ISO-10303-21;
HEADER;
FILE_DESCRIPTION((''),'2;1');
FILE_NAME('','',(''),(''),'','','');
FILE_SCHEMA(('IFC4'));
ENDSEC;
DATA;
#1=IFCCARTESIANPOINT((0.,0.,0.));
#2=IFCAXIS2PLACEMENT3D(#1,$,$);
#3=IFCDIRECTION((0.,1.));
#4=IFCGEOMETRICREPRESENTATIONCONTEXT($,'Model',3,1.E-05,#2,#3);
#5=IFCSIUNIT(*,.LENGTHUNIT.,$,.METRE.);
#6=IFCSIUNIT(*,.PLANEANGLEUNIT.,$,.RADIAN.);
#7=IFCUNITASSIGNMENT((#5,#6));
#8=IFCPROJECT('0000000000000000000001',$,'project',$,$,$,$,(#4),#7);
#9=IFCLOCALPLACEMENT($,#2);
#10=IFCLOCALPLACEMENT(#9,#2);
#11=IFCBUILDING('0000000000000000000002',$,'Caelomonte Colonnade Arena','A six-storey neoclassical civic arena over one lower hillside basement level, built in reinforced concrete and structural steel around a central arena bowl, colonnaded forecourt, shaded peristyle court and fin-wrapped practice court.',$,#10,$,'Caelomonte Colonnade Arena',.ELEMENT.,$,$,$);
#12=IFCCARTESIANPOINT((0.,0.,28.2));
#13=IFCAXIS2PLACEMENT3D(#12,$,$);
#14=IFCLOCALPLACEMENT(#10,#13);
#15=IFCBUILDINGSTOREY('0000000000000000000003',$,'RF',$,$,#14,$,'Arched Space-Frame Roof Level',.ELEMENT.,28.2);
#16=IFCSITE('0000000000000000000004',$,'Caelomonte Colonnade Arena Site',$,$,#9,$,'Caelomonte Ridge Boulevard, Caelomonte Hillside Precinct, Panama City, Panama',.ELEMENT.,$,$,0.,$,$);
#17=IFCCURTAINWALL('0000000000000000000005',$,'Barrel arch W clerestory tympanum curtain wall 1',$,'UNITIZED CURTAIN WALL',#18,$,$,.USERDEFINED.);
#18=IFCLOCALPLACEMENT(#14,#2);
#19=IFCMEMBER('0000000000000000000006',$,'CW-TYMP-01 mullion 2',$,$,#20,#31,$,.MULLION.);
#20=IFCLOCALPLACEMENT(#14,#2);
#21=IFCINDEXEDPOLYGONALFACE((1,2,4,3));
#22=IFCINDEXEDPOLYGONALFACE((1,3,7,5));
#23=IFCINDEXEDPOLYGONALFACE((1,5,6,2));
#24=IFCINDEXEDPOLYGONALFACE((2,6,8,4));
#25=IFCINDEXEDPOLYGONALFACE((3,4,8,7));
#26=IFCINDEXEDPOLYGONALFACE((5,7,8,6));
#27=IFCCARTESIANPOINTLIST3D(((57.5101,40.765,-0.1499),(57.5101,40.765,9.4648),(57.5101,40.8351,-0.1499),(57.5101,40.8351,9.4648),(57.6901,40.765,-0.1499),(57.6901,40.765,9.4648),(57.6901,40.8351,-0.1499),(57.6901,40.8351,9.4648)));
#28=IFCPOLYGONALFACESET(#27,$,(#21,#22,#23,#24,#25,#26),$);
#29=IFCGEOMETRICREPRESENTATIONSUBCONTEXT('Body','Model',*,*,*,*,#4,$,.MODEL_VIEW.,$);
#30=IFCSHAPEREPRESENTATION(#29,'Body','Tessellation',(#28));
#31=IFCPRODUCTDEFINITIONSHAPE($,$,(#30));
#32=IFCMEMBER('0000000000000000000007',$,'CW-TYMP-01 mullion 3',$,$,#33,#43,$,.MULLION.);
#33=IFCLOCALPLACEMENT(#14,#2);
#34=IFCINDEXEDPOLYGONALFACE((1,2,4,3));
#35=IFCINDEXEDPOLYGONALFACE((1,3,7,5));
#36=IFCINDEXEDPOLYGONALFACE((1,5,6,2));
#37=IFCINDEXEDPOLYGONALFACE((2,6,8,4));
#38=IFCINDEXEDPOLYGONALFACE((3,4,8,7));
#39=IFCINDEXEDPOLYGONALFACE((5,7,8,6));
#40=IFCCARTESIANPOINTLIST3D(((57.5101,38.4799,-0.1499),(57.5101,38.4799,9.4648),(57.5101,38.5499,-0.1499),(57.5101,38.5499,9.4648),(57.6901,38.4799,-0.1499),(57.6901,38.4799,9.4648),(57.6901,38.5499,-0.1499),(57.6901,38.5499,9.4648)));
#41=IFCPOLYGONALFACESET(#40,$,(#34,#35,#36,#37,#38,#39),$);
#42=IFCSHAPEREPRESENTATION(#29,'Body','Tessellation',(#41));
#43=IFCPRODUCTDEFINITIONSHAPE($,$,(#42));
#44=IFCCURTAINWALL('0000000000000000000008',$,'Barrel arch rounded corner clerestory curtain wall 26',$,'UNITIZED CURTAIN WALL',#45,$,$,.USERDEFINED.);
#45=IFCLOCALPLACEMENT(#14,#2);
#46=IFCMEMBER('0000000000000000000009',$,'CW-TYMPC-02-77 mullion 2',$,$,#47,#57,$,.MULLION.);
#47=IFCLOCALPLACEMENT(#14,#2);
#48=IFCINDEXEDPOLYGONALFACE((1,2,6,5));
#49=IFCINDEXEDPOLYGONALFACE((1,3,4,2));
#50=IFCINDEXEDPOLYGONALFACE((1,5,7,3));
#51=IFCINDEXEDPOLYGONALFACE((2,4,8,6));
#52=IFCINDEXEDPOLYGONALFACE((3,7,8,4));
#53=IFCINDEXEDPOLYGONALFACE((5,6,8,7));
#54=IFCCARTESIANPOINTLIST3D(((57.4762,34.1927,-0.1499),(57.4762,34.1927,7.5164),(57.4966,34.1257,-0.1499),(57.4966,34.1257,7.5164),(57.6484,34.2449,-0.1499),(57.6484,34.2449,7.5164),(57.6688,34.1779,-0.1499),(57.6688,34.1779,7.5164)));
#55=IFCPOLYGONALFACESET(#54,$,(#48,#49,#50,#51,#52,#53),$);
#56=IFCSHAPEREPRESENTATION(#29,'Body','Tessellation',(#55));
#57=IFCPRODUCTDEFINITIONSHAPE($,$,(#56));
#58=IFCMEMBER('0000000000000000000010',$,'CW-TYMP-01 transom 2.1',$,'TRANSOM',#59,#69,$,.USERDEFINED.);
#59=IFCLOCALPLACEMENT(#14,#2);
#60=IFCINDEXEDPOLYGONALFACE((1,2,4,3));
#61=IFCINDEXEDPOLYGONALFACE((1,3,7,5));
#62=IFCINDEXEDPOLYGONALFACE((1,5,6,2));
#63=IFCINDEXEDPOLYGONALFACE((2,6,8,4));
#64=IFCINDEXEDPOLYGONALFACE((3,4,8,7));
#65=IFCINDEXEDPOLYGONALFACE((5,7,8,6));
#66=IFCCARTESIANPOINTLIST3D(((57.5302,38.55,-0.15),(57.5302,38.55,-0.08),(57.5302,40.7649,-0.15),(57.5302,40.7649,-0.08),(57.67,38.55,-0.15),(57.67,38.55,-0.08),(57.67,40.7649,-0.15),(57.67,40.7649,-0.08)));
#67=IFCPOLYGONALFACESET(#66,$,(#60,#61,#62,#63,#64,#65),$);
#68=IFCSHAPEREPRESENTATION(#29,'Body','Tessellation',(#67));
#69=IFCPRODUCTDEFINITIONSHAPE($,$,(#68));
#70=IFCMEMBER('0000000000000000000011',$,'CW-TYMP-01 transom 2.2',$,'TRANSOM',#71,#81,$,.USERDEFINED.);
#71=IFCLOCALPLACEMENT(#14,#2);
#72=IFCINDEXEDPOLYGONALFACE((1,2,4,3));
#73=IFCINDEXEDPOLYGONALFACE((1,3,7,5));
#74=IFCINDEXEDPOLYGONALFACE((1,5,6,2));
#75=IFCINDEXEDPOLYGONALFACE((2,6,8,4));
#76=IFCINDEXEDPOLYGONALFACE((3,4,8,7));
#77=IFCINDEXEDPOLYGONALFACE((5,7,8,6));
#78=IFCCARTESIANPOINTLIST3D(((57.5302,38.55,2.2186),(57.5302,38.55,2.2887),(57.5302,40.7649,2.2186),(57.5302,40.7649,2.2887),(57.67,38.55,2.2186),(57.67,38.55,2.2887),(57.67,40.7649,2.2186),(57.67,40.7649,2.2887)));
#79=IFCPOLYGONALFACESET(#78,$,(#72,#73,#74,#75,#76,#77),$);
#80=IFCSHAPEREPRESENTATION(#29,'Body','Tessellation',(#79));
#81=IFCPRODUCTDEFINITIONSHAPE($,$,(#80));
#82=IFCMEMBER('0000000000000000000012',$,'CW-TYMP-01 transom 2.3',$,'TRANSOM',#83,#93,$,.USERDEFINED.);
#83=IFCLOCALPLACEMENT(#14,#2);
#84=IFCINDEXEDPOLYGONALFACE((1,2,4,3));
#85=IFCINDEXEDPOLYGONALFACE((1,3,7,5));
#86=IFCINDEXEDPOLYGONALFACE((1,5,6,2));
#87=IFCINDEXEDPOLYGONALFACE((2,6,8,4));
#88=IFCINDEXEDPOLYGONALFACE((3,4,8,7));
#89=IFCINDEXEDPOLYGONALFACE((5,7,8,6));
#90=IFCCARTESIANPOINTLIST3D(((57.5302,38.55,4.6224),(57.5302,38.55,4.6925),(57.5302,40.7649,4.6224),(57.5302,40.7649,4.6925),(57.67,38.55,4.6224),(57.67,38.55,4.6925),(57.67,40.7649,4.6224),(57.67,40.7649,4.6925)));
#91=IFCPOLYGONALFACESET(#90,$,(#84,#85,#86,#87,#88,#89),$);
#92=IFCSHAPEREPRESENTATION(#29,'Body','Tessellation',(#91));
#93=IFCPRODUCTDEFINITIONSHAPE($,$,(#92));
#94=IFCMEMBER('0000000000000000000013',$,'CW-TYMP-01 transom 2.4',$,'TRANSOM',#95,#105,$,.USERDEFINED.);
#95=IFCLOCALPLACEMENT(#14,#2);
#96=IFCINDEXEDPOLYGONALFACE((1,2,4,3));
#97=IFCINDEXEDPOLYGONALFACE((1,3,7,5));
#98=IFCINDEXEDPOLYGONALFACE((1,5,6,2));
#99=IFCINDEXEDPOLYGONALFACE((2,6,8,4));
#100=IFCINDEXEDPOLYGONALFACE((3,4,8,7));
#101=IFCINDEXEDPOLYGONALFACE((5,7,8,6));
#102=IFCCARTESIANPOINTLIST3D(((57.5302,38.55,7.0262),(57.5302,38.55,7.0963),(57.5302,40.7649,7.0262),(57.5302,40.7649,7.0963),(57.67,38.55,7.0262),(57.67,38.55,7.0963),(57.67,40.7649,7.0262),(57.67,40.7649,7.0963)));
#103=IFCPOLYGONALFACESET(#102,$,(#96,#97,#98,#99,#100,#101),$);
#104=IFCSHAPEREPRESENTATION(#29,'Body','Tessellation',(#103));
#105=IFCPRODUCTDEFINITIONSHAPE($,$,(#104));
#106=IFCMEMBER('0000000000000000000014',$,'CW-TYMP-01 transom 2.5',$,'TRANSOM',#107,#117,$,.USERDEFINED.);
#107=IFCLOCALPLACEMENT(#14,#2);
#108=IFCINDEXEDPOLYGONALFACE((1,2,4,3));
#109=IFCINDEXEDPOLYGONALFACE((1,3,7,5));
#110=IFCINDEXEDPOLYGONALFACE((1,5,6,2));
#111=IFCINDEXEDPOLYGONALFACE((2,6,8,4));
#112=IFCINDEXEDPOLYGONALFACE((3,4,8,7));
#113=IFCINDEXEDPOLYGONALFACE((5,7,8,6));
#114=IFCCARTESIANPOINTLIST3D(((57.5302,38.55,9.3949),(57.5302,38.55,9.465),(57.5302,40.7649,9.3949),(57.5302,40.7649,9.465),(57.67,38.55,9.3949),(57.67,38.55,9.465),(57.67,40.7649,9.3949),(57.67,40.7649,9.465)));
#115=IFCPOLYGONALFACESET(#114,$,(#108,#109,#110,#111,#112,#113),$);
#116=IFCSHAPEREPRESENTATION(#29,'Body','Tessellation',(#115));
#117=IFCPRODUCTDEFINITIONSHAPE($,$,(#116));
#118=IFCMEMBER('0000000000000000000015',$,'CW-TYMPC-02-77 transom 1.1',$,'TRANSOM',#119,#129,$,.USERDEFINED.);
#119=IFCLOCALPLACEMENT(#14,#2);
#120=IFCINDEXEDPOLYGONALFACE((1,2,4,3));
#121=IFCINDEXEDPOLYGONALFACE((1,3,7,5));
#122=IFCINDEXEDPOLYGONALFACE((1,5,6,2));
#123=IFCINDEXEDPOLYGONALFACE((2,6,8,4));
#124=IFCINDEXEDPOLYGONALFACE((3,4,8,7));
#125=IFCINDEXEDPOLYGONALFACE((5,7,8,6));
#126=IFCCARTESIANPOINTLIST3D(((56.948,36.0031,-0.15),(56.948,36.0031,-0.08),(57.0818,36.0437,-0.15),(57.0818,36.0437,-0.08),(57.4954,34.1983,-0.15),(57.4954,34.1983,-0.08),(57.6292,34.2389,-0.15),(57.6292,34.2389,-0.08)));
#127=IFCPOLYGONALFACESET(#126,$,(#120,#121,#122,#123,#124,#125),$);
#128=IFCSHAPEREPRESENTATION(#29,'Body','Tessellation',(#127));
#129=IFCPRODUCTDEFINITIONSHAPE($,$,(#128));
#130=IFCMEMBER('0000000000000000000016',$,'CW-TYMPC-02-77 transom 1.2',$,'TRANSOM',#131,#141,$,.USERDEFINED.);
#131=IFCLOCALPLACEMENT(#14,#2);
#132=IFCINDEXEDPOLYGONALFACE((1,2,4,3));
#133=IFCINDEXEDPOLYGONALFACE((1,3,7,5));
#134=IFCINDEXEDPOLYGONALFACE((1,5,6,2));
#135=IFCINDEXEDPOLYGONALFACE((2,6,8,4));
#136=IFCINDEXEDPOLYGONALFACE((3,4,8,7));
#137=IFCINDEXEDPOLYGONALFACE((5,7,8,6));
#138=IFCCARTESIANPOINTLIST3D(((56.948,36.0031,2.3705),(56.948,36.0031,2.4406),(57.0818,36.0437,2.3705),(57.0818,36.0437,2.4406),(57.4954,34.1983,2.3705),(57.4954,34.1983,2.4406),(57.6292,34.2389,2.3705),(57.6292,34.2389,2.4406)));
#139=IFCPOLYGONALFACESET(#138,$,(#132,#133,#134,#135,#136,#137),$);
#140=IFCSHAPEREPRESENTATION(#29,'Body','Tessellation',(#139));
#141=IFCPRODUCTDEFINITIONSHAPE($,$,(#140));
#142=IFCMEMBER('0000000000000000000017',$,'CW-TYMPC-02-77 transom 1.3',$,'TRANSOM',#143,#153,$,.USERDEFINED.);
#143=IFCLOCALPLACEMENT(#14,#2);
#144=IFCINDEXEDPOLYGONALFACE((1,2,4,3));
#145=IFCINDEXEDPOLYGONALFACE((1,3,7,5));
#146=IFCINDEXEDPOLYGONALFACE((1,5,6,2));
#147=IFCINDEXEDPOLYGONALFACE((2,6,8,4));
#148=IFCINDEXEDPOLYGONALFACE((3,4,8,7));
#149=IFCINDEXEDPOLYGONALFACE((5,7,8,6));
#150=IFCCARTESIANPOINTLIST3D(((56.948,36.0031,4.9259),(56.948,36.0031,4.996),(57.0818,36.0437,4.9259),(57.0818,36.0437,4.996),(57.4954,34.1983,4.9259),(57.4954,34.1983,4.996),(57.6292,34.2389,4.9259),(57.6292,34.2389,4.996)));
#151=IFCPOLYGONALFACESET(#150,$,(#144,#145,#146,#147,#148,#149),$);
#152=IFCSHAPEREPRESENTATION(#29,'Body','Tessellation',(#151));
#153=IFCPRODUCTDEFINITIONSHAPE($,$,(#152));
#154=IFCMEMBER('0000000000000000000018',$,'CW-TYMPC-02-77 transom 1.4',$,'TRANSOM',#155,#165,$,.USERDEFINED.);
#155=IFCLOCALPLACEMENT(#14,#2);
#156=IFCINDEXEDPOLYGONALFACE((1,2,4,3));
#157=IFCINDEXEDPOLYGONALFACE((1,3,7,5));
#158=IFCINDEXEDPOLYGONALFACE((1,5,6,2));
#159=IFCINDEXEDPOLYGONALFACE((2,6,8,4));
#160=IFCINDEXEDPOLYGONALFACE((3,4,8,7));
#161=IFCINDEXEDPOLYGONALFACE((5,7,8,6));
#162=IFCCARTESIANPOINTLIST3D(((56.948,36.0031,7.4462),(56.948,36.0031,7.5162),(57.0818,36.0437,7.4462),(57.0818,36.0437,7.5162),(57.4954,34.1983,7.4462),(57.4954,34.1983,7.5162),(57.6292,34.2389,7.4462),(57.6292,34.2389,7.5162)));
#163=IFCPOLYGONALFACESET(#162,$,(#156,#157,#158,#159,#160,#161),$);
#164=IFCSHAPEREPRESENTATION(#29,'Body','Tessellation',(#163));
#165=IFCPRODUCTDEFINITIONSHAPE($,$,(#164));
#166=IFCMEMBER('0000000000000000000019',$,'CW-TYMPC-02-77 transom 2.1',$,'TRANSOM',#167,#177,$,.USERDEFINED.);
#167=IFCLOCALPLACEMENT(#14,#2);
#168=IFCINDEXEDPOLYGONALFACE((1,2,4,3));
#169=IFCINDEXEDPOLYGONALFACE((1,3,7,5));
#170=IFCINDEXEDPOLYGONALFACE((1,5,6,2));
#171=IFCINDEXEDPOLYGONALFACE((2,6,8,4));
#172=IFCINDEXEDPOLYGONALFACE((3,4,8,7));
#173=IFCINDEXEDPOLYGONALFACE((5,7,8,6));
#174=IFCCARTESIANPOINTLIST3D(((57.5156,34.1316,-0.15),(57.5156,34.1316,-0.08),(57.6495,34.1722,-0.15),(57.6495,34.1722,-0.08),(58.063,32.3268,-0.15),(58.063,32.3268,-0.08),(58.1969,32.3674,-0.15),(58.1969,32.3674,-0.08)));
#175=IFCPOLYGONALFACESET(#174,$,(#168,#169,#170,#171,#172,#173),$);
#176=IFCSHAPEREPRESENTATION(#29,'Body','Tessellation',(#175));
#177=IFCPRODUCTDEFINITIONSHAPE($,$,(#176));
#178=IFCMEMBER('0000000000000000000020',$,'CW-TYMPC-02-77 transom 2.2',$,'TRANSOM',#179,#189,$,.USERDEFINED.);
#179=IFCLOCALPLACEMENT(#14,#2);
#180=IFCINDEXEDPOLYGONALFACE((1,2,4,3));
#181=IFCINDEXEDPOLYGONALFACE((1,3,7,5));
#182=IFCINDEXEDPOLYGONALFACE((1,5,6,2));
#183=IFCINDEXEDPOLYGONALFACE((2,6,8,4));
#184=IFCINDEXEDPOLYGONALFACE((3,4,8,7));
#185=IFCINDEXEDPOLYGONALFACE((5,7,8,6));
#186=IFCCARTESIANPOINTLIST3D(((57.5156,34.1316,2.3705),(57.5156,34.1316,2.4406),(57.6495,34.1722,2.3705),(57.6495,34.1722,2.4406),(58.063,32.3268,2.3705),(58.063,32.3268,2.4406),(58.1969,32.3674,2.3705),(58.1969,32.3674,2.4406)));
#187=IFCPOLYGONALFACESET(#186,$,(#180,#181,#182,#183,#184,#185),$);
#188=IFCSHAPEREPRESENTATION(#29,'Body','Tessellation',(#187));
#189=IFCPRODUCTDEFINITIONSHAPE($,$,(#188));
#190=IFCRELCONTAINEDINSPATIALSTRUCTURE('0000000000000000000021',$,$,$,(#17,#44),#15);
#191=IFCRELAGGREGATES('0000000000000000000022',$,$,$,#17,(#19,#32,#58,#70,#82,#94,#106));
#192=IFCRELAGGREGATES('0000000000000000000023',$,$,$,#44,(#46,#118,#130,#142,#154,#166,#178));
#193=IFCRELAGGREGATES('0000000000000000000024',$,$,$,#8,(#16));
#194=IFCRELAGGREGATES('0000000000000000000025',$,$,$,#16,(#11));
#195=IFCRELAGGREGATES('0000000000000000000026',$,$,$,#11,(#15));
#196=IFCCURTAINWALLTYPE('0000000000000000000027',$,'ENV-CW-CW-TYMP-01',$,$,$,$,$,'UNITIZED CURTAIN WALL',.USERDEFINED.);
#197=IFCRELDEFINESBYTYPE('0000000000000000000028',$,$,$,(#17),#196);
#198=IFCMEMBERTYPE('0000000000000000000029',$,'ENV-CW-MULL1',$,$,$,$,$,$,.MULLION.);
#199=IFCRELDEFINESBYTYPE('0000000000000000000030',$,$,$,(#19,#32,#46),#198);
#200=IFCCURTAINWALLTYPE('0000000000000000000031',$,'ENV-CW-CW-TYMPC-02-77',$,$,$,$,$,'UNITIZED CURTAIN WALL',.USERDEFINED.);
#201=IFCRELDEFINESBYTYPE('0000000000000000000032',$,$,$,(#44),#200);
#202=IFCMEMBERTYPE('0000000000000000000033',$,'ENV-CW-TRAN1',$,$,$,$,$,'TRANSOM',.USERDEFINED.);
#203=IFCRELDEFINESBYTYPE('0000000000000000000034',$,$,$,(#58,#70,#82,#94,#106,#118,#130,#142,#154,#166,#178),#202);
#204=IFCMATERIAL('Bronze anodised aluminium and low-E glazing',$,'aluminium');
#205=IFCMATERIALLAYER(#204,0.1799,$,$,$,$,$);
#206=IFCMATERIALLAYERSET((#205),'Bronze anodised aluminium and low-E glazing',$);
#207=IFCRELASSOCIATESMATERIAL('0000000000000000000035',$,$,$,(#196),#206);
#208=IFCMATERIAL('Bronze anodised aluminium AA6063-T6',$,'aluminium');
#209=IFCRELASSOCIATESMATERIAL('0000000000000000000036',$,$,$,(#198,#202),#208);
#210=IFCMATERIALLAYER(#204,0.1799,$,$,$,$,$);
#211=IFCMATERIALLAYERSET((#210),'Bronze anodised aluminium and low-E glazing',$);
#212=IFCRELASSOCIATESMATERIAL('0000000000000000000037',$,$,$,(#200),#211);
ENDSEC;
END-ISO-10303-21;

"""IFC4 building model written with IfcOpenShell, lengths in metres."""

from ifc_helpers import new_model, si_unit, direction, frame, origin, origin_2d, place, context, subcontext, project, spatial, rectangle, extrude, material, layer, layer_set, material_profile, profile_set, type_object, element, aggregate, save


model = new_model("IFC4")

# Units and contexts
model_context = context("Model", 3, precision=1e-05, world=origin(), true_north=direction((0.0, 1.0)))
body_context = subcontext(model_context, "Body", "Model", "MODEL_VIEW")
ifc_project = project(units=[si_unit("LENGTHUNIT", "METRE"), si_unit("PLANEANGLEUNIT", "RADIAN")], contexts=[model_context])

# Site, building, storey
site_placement = place(None, origin())
site = spatial("IfcSite", under=ifc_project, at=site_placement, Name="Caelomonte Colonnade Arena Site", LongName="Caelomonte Ridge Boulevard, Caelomonte Hillside Precinct, Panama City, Panama", CompositionType="ELEMENT", RefElevation=0.0)
building_placement = place(site_placement, origin())
building = spatial("IfcBuilding", under=site, at=building_placement, Name="Caelomonte Colonnade Arena", Description="A six-storey neoclassical civic arena over one lower hillside basement level, built in reinforced concrete and structural steel around a central arena bowl, colonnaded forecourt, shaded peristyle court and fin-wrapped practice court.", LongName="Caelomonte Colonnade Arena", CompositionType="ELEMENT")
storey_placement = place(building_placement, frame((0.0, 0.0, 28.2)))
storey = spatial("IfcBuildingStorey", under=building, at=storey_placement, Name="RF", LongName="Arched Space-Frame Roof Level", CompositionType="ELEMENT", Elevation=28.2)

# Curtain wall, members
ifc_material_1 = material(Name="Bronze anodised aluminium and low-E glazing", Category="aluminium")
ifc_layer_1 = layer(ifc_material_1, 0.1799)
ifc_layer_set_1 = layer_set([ifc_layer_1], Name="Bronze anodised aluminium and low-E glazing")
curtain_wall_type_1 = type_object("IfcCurtainWallType", Name="ENV-CW-CW-TYMP-01", ElementType="UNITIZED CURTAIN WALL", PredefinedType="USERDEFINED", material=ifc_layer_set_1)
curtain_wall_1_placement = place(storey_placement, origin())
curtain_wall_1 = element("IfcCurtainWall", 1, at=curtain_wall_1_placement, inside=storey, type_object=curtain_wall_type_1, Name="Barrel arch W clerestory tympanum curtain wall 1", ObjectType="UNITIZED CURTAIN WALL", PredefinedType="USERDEFINED")
ifc_material_2 = material(Name="Bronze anodised aluminium AA6063-T6", Category="aluminium")
ifc_material_profile_1 = material_profile(ifc_material_2, rectangle(XDim=0.0701, YDim=0.1799, at=origin_2d()), Name="CWM-70X180")
ifc_profile_set_1 = profile_set([ifc_material_profile_1], Name="Bronze anodised aluminium AA6063-T6")
member_type_1 = type_object("IfcMemberType", Name="ENV-CW-MULL1", PredefinedType="MULLION", material=ifc_profile_set_1)
member_1_placement = place(storey_placement, frame((57.6001, 40.8, -0.1499), z_axis=(0.0, 0.0, 1.0), x_axis=(0.0, -1.0, 0.0)))
member_1 = element("IfcMember", 2, at=member_1_placement, type_object=member_type_1, Name="CW-TYMP-01 mullion 2", PredefinedType="MULLION", context=body_context, shape_type="SweptSolid", body=[
    extrude(rectangle(XDim=0.0701, YDim=0.1799, at=origin_2d()), origin(), (0.0, 0.0, 1.0), 9.6147),
])
member_2_placement = place(storey_placement, frame((57.6001, 38.5149, -0.1499), z_axis=(0.0, 0.0, 1.0), x_axis=(0.0, -1.0, 0.0)))
member_2 = element("IfcMember", 3, at=member_2_placement, type_object=member_type_1, Name="CW-TYMP-01 mullion 3", PredefinedType="MULLION", context=body_context, shape_type="SweptSolid", body=[
    extrude(rectangle(XDim=0.0701, YDim=0.1799, at=origin_2d()), origin(), (0.0, 0.0, 1.0), 9.6147),
])

# Curtain wall, member
ifc_layer_2 = layer(ifc_material_1, 0.1799)
ifc_layer_set_2 = layer_set([ifc_layer_2], Name="Bronze anodised aluminium and low-E glazing")
curtain_wall_type_2 = type_object("IfcCurtainWallType", Name="ENV-CW-CW-TYMPC-02-77", ElementType="UNITIZED CURTAIN WALL", PredefinedType="USERDEFINED", material=ifc_layer_set_2)
curtain_wall_2_placement = place(storey_placement, origin())
curtain_wall_2 = element("IfcCurtainWall", 4, at=curtain_wall_2_placement, inside=storey, type_object=curtain_wall_type_2, Name="Barrel arch rounded corner clerestory curtain wall 26", ObjectType="UNITIZED CURTAIN WALL", PredefinedType="USERDEFINED")
member_3_placement = place(storey_placement, frame((57.5725, 34.1853, -0.1499), z_axis=(0.0, 0.0, 1.0), x_axis=(0.290266, -0.956946, 0.0)))
member_3 = element("IfcMember", 5, at=member_3_placement, type_object=member_type_1, Name="CW-TYMPC-02-77 mullion 2", PredefinedType="MULLION", context=body_context, shape_type="SweptSolid", body=[
    extrude(rectangle(XDim=0.0701, YDim=0.1799, at=origin_2d()), origin(), (0.0, 0.0, 1.0), 7.6663),
])

# Members
ifc_material_profile_2 = material_profile(ifc_material_2, rectangle(XDim=0.0701, YDim=0.1399, at=origin_2d()), Name="CWT-70X140")
ifc_profile_set_2 = profile_set([ifc_material_profile_2], Name="Bronze anodised aluminium AA6063-T6")
member_type_2 = type_object("IfcMemberType", Name="ENV-CW-TRAN1", ElementType="TRANSOM", PredefinedType="USERDEFINED", material=ifc_profile_set_2)
member_4_placement = place(storey_placement, frame((57.6001, 40.7649, -0.115), z_axis=(0.0, -1.0, 0.0), x_axis=(0.0, 0.0, 1.0)))
member_4 = element("IfcMember", 6, at=member_4_placement, type_object=member_type_2, Name="CW-TYMP-01 transom 2.1", ObjectType="TRANSOM", PredefinedType="USERDEFINED", context=body_context, shape_type="SweptSolid", body=[
    extrude(rectangle(XDim=0.0701, YDim=0.1399, at=origin_2d()), origin(), (0.0, 0.0, 1.0), 2.2148),
])
member_5_placement = place(storey_placement, frame((57.6001, 40.7649, 2.2537), z_axis=(0.0, -1.0, 0.0), x_axis=(0.0, 0.0, 1.0)))
member_5 = element("IfcMember", 7, at=member_5_placement, type_object=member_type_2, Name="CW-TYMP-01 transom 2.2", ObjectType="TRANSOM", PredefinedType="USERDEFINED", context=body_context, shape_type="SweptSolid", body=[
    extrude(rectangle(XDim=0.0701, YDim=0.1399, at=origin_2d()), origin(), (0.0, 0.0, 1.0), 2.2148),
])
member_6_placement = place(storey_placement, frame((57.6001, 40.7649, 4.6575), z_axis=(0.0, -1.0, 0.0), x_axis=(0.0, 0.0, 1.0)))
member_6 = element("IfcMember", 8, at=member_6_placement, type_object=member_type_2, Name="CW-TYMP-01 transom 2.3", ObjectType="TRANSOM", PredefinedType="USERDEFINED", context=body_context, shape_type="SweptSolid", body=[
    extrude(rectangle(XDim=0.0701, YDim=0.1399, at=origin_2d()), origin(), (0.0, 0.0, 1.0), 2.2148),
])
member_7_placement = place(storey_placement, frame((57.6001, 40.7649, 7.0613), z_axis=(0.0, -1.0, 0.0), x_axis=(0.0, 0.0, 1.0)))
member_7 = element("IfcMember", 9, at=member_7_placement, type_object=member_type_2, Name="CW-TYMP-01 transom 2.4", ObjectType="TRANSOM", PredefinedType="USERDEFINED", context=body_context, shape_type="SweptSolid", body=[
    extrude(rectangle(XDim=0.0701, YDim=0.1399, at=origin_2d()), origin(), (0.0, 0.0, 1.0), 2.2148),
])
member_8_placement = place(storey_placement, frame((57.6001, 40.7649, 9.4299), z_axis=(0.0, -1.0, 0.0), x_axis=(0.0, 0.0, 1.0)))
member_8 = element("IfcMember", 10, at=member_8_placement, type_object=member_type_2, Name="CW-TYMP-01 transom 2.5", ObjectType="TRANSOM", PredefinedType="USERDEFINED", context=body_context, shape_type="SweptSolid", body=[
    extrude(rectangle(XDim=0.0701, YDim=0.1399, at=origin_2d()), origin(), (0.0, 0.0, 1.0), 2.2148),
])
member_9_placement = place(storey_placement, frame((57.0149, 36.0234, -0.115), z_axis=(0.290245, -0.956953, 0.0), x_axis=(0.0, 0.0, 1.0)))
member_9 = element("IfcMember", 11, at=member_9_placement, type_object=member_type_2, Name="CW-TYMPC-02-77 transom 1.1", ObjectType="TRANSOM", PredefinedType="USERDEFINED", context=body_context, shape_type="SweptSolid", body=[
    extrude(rectangle(XDim=0.0701, YDim=0.1399, at=origin_2d()), origin(), (0.0, 0.0, 1.0), 1.886),
])
member_10_placement = place(storey_placement, frame((57.0149, 36.0234, 2.4055), z_axis=(0.290245, -0.956953, 0.0), x_axis=(0.0, 0.0, 1.0)))
member_10 = element("IfcMember", 12, at=member_10_placement, type_object=member_type_2, Name="CW-TYMPC-02-77 transom 1.2", ObjectType="TRANSOM", PredefinedType="USERDEFINED", context=body_context, shape_type="SweptSolid", body=[
    extrude(rectangle(XDim=0.0701, YDim=0.1399, at=origin_2d()), origin(), (0.0, 0.0, 1.0), 1.886),
])
member_11_placement = place(storey_placement, frame((57.0149, 36.0234, 4.9609), z_axis=(0.290245, -0.956953, 0.0), x_axis=(0.0, 0.0, 1.0)))
member_11 = element("IfcMember", 13, at=member_11_placement, type_object=member_type_2, Name="CW-TYMPC-02-77 transom 1.3", ObjectType="TRANSOM", PredefinedType="USERDEFINED", context=body_context, shape_type="SweptSolid", body=[
    extrude(rectangle(XDim=0.0701, YDim=0.1399, at=origin_2d()), origin(), (0.0, 0.0, 1.0), 1.886),
])
member_12_placement = place(storey_placement, frame((57.0149, 36.0234, 7.4812), z_axis=(0.290245, -0.956953, 0.0), x_axis=(0.0, 0.0, 1.0)))
member_12 = element("IfcMember", 14, at=member_12_placement, type_object=member_type_2, Name="CW-TYMPC-02-77 transom 1.4", ObjectType="TRANSOM", PredefinedType="USERDEFINED", context=body_context, shape_type="SweptSolid", body=[
    extrude(rectangle(XDim=0.0701, YDim=0.1399, at=origin_2d()), origin(), (0.0, 0.0, 1.0), 1.886),
])
member_13_placement = place(storey_placement, frame((57.5825, 34.1519, -0.115), z_axis=(0.290245, -0.956953, 0.0), x_axis=(0.0, 0.0, 1.0)))
member_13 = element("IfcMember", 15, at=member_13_placement, type_object=member_type_2, Name="CW-TYMPC-02-77 transom 2.1", ObjectType="TRANSOM", PredefinedType="USERDEFINED", context=body_context, shape_type="SweptSolid", body=[
    extrude(rectangle(XDim=0.0701, YDim=0.1399, at=origin_2d()), origin(), (0.0, 0.0, 1.0), 1.886),
])
member_14_placement = place(storey_placement, frame((57.5825, 34.1519, 2.4055), z_axis=(0.290245, -0.956953, 0.0), x_axis=(0.0, 0.0, 1.0)))
member_14 = element("IfcMember", 16, at=member_14_placement, type_object=member_type_2, Name="CW-TYMPC-02-77 transom 2.2", ObjectType="TRANSOM", PredefinedType="USERDEFINED", context=body_context, shape_type="SweptSolid", body=[
    extrude(rectangle(XDim=0.0701, YDim=0.1399, at=origin_2d()), origin(), (0.0, 0.0, 1.0), 1.886),
])

aggregate(curtain_wall_1, [member_1, member_2, member_4, member_5, member_6, member_7, member_8])
aggregate(curtain_wall_2, [member_3, member_9, member_10, member_11, member_12, member_13, member_14])

save(model, "model.ifc")
